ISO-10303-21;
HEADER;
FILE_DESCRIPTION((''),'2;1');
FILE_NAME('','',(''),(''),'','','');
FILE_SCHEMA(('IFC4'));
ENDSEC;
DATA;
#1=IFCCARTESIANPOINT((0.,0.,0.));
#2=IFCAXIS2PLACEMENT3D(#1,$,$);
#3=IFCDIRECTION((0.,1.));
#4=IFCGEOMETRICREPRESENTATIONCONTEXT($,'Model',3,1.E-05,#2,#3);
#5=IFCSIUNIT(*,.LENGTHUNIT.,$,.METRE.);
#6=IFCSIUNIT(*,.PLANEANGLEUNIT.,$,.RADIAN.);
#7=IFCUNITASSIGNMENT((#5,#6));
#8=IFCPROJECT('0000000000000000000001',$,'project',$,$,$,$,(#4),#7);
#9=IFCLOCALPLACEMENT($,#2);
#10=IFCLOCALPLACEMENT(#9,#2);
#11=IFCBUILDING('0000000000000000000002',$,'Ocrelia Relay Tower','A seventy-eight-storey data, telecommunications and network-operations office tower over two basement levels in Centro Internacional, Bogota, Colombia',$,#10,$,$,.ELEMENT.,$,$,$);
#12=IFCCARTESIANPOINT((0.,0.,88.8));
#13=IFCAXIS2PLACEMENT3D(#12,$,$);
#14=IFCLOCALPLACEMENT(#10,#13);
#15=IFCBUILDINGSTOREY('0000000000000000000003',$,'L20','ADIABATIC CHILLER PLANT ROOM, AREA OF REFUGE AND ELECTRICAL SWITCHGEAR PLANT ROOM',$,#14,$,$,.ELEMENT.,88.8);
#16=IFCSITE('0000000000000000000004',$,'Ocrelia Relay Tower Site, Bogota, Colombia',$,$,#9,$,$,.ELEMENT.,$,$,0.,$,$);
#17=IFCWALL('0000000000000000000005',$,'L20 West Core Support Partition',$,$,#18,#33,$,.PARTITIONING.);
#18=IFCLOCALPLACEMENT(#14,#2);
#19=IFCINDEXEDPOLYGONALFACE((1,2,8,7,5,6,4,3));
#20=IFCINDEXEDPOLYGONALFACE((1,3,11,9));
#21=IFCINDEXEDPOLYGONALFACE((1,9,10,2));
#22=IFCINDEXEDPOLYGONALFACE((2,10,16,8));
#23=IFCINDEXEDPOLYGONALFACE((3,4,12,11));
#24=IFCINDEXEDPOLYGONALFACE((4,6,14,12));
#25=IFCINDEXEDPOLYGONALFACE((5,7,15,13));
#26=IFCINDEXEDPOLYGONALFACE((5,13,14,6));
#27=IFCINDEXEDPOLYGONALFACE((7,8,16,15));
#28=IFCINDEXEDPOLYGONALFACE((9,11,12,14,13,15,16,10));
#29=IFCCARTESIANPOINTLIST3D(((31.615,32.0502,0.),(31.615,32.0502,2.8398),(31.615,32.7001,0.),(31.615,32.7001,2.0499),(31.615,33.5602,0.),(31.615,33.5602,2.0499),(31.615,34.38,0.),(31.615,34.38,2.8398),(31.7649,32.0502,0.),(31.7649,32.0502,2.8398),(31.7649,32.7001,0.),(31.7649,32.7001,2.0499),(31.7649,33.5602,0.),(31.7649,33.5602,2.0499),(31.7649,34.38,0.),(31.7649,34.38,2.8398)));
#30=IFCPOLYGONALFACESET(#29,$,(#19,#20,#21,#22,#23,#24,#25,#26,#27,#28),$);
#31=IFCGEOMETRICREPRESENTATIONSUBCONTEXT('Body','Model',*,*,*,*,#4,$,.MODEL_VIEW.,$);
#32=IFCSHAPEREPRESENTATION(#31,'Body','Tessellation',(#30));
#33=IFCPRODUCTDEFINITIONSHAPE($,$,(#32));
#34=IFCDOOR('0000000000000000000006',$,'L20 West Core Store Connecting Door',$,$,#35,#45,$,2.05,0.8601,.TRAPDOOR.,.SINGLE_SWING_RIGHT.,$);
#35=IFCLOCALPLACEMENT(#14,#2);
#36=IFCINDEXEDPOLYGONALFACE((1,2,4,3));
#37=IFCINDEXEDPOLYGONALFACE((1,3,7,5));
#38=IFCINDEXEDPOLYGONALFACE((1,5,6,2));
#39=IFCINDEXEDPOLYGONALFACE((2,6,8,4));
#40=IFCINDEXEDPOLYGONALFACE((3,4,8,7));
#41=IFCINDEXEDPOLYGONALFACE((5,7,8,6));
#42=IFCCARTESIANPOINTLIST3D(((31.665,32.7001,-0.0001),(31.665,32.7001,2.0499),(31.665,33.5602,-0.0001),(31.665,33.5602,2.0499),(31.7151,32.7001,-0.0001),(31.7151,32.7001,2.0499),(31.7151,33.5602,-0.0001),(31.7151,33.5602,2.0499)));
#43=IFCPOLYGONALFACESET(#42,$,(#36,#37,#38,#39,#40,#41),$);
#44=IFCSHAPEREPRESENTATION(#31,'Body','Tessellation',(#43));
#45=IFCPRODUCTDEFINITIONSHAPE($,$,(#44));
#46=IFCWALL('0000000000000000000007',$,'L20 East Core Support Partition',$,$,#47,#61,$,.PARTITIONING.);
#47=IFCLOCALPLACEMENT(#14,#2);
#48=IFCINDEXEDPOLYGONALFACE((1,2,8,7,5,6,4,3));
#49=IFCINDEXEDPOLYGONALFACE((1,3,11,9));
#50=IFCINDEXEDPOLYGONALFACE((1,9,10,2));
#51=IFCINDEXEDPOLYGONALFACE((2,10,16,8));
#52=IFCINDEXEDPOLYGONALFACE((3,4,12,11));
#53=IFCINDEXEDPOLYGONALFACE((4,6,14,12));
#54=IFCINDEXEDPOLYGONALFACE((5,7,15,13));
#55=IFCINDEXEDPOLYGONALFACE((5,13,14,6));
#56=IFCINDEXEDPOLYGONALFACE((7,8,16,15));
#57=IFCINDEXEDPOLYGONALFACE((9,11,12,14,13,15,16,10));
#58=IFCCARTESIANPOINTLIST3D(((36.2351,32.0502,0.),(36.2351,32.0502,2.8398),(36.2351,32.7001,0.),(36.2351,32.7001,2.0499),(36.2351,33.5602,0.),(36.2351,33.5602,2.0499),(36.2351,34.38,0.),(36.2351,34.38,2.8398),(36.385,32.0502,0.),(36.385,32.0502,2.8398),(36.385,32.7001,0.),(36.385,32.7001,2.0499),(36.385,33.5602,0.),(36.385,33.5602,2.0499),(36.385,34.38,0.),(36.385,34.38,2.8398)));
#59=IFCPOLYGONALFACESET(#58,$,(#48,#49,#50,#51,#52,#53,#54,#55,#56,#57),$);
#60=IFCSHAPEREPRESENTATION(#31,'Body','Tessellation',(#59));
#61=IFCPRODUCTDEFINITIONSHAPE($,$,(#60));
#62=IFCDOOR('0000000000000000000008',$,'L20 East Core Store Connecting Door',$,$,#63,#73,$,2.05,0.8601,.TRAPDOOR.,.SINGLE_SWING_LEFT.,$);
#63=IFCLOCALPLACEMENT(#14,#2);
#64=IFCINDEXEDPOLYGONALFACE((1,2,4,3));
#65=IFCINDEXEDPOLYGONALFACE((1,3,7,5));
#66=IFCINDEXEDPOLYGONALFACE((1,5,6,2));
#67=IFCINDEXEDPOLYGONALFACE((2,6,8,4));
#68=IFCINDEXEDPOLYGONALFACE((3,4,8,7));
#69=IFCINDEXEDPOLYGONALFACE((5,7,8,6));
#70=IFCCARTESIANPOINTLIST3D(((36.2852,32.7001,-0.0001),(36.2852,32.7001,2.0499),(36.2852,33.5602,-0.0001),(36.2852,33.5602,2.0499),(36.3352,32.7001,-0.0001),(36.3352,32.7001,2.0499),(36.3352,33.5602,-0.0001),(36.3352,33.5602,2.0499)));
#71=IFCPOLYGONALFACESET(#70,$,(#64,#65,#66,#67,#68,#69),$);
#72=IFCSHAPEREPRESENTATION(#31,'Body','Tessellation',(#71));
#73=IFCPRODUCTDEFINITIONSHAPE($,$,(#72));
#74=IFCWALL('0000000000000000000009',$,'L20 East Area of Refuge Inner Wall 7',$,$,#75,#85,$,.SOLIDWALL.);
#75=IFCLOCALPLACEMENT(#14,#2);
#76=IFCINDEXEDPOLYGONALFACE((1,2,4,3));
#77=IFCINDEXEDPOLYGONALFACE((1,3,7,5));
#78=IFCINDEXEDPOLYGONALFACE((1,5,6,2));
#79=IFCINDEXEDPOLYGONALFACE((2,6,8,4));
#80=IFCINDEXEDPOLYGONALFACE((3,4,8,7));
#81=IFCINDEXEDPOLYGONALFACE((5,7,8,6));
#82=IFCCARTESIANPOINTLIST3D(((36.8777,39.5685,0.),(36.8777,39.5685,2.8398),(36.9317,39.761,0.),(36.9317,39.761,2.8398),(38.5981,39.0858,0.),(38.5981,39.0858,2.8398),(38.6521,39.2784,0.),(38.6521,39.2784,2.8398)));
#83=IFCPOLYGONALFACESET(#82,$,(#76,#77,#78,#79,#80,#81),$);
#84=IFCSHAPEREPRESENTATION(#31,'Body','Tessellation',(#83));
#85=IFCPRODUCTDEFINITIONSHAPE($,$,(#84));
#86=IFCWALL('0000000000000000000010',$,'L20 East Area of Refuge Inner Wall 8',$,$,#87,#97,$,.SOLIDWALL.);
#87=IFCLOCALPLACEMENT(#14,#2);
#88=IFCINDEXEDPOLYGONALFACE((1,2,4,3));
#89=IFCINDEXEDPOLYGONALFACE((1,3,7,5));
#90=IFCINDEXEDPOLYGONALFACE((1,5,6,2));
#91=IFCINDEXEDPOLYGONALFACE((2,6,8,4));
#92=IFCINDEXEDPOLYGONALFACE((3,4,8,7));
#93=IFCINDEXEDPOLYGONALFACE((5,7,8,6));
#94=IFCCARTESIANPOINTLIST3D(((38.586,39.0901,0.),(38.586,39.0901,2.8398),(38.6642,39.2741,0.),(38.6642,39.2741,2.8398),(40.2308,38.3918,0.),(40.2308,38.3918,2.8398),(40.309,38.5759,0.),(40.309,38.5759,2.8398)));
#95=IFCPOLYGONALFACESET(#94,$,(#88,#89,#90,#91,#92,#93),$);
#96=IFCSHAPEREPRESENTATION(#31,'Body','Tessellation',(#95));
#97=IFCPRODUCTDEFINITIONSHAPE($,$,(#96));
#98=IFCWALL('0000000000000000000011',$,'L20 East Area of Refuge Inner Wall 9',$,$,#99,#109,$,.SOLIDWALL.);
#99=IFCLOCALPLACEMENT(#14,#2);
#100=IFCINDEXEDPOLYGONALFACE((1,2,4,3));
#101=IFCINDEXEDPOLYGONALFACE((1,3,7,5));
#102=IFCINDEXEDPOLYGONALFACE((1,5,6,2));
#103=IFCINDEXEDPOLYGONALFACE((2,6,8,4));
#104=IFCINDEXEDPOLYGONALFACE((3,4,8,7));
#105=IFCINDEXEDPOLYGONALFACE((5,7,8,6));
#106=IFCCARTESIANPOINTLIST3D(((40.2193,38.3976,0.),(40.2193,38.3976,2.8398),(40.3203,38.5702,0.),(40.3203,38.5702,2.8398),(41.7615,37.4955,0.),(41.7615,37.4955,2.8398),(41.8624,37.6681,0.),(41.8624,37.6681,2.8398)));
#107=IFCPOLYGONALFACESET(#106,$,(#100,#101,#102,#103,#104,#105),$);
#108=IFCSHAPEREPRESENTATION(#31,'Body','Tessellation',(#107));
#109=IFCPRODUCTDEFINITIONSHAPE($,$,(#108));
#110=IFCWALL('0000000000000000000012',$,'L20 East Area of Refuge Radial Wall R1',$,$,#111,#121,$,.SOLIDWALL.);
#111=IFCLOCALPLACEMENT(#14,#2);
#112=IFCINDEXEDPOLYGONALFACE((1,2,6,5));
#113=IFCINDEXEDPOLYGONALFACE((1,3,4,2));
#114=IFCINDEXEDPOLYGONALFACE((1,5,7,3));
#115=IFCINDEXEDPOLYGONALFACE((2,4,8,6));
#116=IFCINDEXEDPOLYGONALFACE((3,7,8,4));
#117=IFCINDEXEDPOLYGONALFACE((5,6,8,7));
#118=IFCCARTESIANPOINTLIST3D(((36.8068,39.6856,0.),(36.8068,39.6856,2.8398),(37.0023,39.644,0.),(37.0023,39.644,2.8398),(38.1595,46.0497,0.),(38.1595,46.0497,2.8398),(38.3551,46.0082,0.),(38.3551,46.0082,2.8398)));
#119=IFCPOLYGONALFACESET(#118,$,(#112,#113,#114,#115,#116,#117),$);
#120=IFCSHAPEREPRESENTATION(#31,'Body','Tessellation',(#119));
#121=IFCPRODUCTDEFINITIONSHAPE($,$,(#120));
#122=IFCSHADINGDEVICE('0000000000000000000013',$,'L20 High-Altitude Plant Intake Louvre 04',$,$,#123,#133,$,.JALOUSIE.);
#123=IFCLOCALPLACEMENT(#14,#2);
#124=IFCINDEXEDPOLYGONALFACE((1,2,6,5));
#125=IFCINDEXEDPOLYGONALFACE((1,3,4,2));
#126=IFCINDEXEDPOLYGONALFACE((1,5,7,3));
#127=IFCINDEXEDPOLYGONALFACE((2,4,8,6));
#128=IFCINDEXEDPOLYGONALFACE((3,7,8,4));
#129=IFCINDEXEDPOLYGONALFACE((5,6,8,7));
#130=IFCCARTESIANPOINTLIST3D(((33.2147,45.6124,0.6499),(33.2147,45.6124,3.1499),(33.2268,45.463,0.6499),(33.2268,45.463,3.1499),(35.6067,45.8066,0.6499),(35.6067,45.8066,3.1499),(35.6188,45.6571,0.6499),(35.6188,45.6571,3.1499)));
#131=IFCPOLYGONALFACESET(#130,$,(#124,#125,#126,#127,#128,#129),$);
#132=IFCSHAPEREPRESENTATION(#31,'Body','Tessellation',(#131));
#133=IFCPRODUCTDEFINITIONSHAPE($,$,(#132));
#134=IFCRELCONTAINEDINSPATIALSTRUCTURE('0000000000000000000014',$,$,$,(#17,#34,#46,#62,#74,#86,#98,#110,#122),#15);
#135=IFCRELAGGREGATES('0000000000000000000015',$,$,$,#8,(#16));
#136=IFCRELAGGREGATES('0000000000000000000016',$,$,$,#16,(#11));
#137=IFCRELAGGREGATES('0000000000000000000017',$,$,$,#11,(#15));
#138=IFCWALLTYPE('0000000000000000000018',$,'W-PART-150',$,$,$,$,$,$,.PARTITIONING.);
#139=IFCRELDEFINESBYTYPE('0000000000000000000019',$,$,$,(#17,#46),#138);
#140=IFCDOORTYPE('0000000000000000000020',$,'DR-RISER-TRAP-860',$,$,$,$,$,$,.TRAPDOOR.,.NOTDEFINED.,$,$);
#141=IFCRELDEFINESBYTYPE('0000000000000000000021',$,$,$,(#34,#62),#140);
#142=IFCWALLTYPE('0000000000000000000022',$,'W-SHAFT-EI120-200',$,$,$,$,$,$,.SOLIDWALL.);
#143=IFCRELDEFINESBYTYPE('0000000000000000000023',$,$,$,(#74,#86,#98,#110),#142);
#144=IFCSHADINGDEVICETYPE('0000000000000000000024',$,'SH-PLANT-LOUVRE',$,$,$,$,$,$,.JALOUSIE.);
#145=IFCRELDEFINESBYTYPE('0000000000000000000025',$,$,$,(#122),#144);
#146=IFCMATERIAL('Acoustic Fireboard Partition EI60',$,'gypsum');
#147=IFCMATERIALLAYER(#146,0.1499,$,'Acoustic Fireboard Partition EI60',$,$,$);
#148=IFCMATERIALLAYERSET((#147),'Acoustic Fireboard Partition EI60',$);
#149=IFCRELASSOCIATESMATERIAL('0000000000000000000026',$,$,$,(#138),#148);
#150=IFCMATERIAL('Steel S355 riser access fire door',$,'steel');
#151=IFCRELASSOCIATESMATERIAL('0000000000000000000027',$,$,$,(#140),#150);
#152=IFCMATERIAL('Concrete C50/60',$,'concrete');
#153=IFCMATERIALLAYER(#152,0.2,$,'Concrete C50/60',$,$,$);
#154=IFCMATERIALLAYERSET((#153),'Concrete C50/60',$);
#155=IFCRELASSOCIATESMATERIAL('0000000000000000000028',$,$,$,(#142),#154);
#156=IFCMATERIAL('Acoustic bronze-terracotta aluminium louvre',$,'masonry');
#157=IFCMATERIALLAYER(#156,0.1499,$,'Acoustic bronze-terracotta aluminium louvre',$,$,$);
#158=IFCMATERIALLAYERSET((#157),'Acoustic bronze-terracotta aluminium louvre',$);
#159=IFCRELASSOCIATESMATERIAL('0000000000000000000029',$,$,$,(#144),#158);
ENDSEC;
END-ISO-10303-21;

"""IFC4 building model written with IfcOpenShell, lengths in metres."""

from ifc_helpers import new_model, si_unit, direction, frame, frame_2d, origin, origin_2d, place, context, subcontext, project, spatial, rectangle, extrude, material, layer, layer_set, type_object, element, fill, save


model = new_model("IFC4")

# Units and contexts
model_context = context("Model", 3, precision=1e-05, world=origin(), true_north=direction((0.0, 1.0)))
body_context = subcontext(model_context, "Body", "Model", "MODEL_VIEW")
ifc_project = project(units=[si_unit("LENGTHUNIT", "METRE"), si_unit("PLANEANGLEUNIT", "RADIAN")], contexts=[model_context])

# Site, building, storey
site_placement = place(None, origin())
site = spatial("IfcSite", under=ifc_project, at=site_placement, Name="Ocrelia Relay Tower Site, Bogota, Colombia", CompositionType="ELEMENT", RefElevation=0.0)
building_placement = place(site_placement, origin())
building = spatial("IfcBuilding", under=site, at=building_placement, Name="Ocrelia Relay Tower", Description="A seventy-eight-storey data, telecommunications and network-operations office tower over two basement levels in Centro Internacional, Bogota, Colombia", CompositionType="ELEMENT")
storey_placement = place(building_placement, frame((0.0, 0.0, 88.8)))
storey = spatial("IfcBuildingStorey", under=building, at=storey_placement, Name="L20", Description="ADIABATIC CHILLER PLANT ROOM, AREA OF REFUGE AND ELECTRICAL SWITCHGEAR PLANT ROOM", CompositionType="ELEMENT", Elevation=88.8)

# Shared definitions
ifc_material_1 = material(Name="Concrete C50/60", Category="concrete")

# Walls, openings, doors
ifc_material_2 = material(Name="Acoustic Fireboard Partition EI60", Category="gypsum")
ifc_layer_1 = layer(ifc_material_2, 0.1499, Name="Acoustic Fireboard Partition EI60")
ifc_layer_set_1 = layer_set([ifc_layer_1], Name="Acoustic Fireboard Partition EI60")
wall_type_1 = type_object("IfcWallType", Name="W-PART-150", PredefinedType="PARTITIONING", material=ifc_layer_set_1)
wall_1_placement = place(storey_placement, frame((31.6899, 32.05, 0.0), z_axis=(0.0, 0.0, 1.0), x_axis=(0.0, 1.0, 0.0)))
wall_1 = element("IfcWall", 1, at=wall_1_placement, inside=storey, type_object=wall_type_1, Name="L20 West Core Support Partition", PredefinedType="PARTITIONING", context=body_context, shape_type="SweptSolid", body=[
    extrude(rectangle(XDim=2.3298, YDim=0.1499, at=frame_2d((1.165, 0.0))), origin(), (0.0, 0.0, 1.0), 2.8398),
])
opening_1_placement = place(wall_1_placement, frame((0.6499, 0.0, 0.0)))
opening_1 = element("IfcOpeningElement", 2, at=opening_1_placement, cuts=wall_1, PredefinedType="OPENING", context=body_context, shape_type="SweptSolid", body=[
    extrude(rectangle(XDim=0.8601, YDim=2.05, at=frame_2d((0.4302, 1.0249))), frame((0.0, 0.085, 0.0), z_axis=(0.0, -1.0, 0.0), x_axis=(1.0, 0.0, 0.0)), (0.0, 0.0, 1.0), 0.1699),
])
ifc_material_3 = material(Name="Steel S355 riser access fire door", Category="steel")
door_type_1 = type_object("IfcDoorType", Name="DR-RISER-TRAP-860", OperationType="NOTDEFINED", PredefinedType="TRAPDOOR", material=ifc_material_3)
door_1_placement = place(opening_1_placement, origin())
door_1 = element("IfcDoor", 3, at=door_1_placement, inside=storey, type_object=door_type_1, Name="L20 West Core Store Connecting Door", OperationType="SINGLE_SWING_RIGHT", OverallHeight=2.05, OverallWidth=0.8601, PredefinedType="TRAPDOOR", context=body_context, shape_type="SweptSolid", body=[
    extrude(rectangle(XDim=0.8601, YDim=2.05, at=frame_2d((0.4302, 1.0249))), frame((0.0, 0.0249, 0.0), z_axis=(0.0, -1.0, 0.0), x_axis=(1.0, 0.0, 0.0)), (0.0, 0.0, 1.0), 0.05),
])
fill(opening_1, door_1)
wall_2_placement = place(storey_placement, frame((36.3101, 32.05, 0.0), z_axis=(0.0, 0.0, 1.0), x_axis=(0.0, 1.0, 0.0)))
wall_2 = element("IfcWall", 4, at=wall_2_placement, inside=storey, type_object=wall_type_1, Name="L20 East Core Support Partition", PredefinedType="PARTITIONING", context=body_context, shape_type="SweptSolid", body=[
    extrude(rectangle(XDim=2.3298, YDim=0.1499, at=frame_2d((1.165, 0.0))), origin(), (0.0, 0.0, 1.0), 2.8398),
])
opening_2_placement = place(wall_2_placement, frame((0.6499, 0.0, 0.0)))
opening_2 = element("IfcOpeningElement", 5, at=opening_2_placement, cuts=wall_2, PredefinedType="OPENING", context=body_context, shape_type="SweptSolid", body=[
    extrude(rectangle(XDim=0.8601, YDim=2.05, at=frame_2d((0.4302, 1.0249))), frame((0.0, 0.085, 0.0), z_axis=(0.0, -1.0, 0.0), x_axis=(1.0, 0.0, 0.0)), (0.0, 0.0, 1.0), 0.1699),
])
door_2_placement = place(opening_2_placement, origin())
door_2 = element("IfcDoor", 6, at=door_2_placement, inside=storey, type_object=door_type_1, Name="L20 East Core Store Connecting Door", OperationType="SINGLE_SWING_LEFT", OverallHeight=2.05, OverallWidth=0.8601, PredefinedType="TRAPDOOR", context=body_context, shape_type="SweptSolid", body=[
    extrude(rectangle(XDim=0.8601, YDim=2.05, at=frame_2d((0.4302, 1.0249))), frame((0.0, 0.0249, 0.0), z_axis=(0.0, -1.0, 0.0), x_axis=(1.0, 0.0, 0.0)), (0.0, 0.0, 1.0), 0.05),
])
fill(opening_2, door_2)

# Walls
ifc_layer_2 = layer(ifc_material_1, 0.2, Name="Concrete C50/60")
ifc_layer_set_2 = layer_set([ifc_layer_2], Name="Concrete C50/60")
wall_type_2 = type_object("IfcWallType", Name="W-SHAFT-EI120-200", PredefinedType="SOLIDWALL", material=ifc_layer_set_2)
for number, where, z_axis, x_axis, name in (
    (7, (36.9045, 39.6648, 0.0), (0.0, 0.0, 1.0), (0.962828, -0.270116, 0.0), "L20 East Area of Refuge Inner Wall 7"),
    (8, (38.625, 39.1821, 0.0), (0.0, 0.0, 1.0), (0.920489, -0.390767, 0.0), "L20 East Area of Refuge Inner Wall 8"),
):
    element("IfcWall", number, at=place(storey_placement, frame(where, z_axis=z_axis, x_axis=x_axis)), inside=storey, type_object=wall_type_2, Name=name, PredefinedType="SOLIDWALL", context=body_context, shape_type="SweptSolid", body=[
        extrude(rectangle(XDim=1.7869, YDim=0.2, at=frame_2d((0.8936, 0.0))), origin(), (0.0, 0.0, 1.0), 2.8398),
    ])
wall_3_placement = place(storey_placement, frame((40.2698, 38.4839, 0.0), z_axis=(0.0, 0.0, 1.0), x_axis=(0.863179, -0.504899, 0.0)))
element("IfcWall", 9, at=wall_3_placement, inside=storey, type_object=wall_type_2, Name="L20 East Area of Refuge Inner Wall 9", PredefinedType="SOLIDWALL", context=body_context, shape_type="SweptSolid", body=[
    extrude(rectangle(XDim=1.7866, YDim=0.2, at=frame_2d((0.8933, 0.0))), origin(), (0.0, 0.0, 1.0), 2.8398),
])
wall_4_placement = place(storey_placement, frame((36.9045, 39.6648, 0.0), z_axis=(0.0, 0.0, 1.0), x_axis=(0.207914, 0.978147, 0.0)))
element("IfcWall", 10, at=wall_4_placement, inside=storey, type_object=wall_type_2, Name="L20 East Area of Refuge Radial Wall R1", PredefinedType="SOLIDWALL", context=body_context, shape_type="SweptSolid", body=[
    extrude(rectangle(XDim=6.5063, YDim=0.2, at=frame_2d((3.2532, 0.0))), origin(), (0.0, 0.0, 1.0), 2.8398),
])

# Shading device
ifc_material_4 = material(Name="Acoustic bronze-terracotta aluminium louvre", Category="masonry")
ifc_layer_3 = layer(ifc_material_4, 0.1499, Name="Acoustic bronze-terracotta aluminium louvre")
ifc_layer_set_3 = layer_set([ifc_layer_3], Name="Acoustic bronze-terracotta aluminium louvre")
shading_device_type = type_object("IfcShadingDeviceType", Name="SH-PLANT-LOUVRE", PredefinedType="JALOUSIE", material=ifc_layer_set_3)
shading_device_placement = place(storey_placement, frame((34.4167, 45.6348, 0.6499), z_axis=(0.0, 0.0, 1.0), x_axis=(-0.996721, -0.080911, 0.0)))
element("IfcShadingDevice", 11, at=shading_device_placement, inside=storey, type_object=shading_device_type, Name="L20 High-Altitude Plant Intake Louvre 04", PredefinedType="JALOUSIE", context=body_context, shape_type="SweptSolid", body=[
    extrude(rectangle(XDim=2.3999, YDim=0.1499, at=origin_2d()), origin(), (0.0, 0.0, 1.0), 2.5),
])

save(model, "model.ifc")
